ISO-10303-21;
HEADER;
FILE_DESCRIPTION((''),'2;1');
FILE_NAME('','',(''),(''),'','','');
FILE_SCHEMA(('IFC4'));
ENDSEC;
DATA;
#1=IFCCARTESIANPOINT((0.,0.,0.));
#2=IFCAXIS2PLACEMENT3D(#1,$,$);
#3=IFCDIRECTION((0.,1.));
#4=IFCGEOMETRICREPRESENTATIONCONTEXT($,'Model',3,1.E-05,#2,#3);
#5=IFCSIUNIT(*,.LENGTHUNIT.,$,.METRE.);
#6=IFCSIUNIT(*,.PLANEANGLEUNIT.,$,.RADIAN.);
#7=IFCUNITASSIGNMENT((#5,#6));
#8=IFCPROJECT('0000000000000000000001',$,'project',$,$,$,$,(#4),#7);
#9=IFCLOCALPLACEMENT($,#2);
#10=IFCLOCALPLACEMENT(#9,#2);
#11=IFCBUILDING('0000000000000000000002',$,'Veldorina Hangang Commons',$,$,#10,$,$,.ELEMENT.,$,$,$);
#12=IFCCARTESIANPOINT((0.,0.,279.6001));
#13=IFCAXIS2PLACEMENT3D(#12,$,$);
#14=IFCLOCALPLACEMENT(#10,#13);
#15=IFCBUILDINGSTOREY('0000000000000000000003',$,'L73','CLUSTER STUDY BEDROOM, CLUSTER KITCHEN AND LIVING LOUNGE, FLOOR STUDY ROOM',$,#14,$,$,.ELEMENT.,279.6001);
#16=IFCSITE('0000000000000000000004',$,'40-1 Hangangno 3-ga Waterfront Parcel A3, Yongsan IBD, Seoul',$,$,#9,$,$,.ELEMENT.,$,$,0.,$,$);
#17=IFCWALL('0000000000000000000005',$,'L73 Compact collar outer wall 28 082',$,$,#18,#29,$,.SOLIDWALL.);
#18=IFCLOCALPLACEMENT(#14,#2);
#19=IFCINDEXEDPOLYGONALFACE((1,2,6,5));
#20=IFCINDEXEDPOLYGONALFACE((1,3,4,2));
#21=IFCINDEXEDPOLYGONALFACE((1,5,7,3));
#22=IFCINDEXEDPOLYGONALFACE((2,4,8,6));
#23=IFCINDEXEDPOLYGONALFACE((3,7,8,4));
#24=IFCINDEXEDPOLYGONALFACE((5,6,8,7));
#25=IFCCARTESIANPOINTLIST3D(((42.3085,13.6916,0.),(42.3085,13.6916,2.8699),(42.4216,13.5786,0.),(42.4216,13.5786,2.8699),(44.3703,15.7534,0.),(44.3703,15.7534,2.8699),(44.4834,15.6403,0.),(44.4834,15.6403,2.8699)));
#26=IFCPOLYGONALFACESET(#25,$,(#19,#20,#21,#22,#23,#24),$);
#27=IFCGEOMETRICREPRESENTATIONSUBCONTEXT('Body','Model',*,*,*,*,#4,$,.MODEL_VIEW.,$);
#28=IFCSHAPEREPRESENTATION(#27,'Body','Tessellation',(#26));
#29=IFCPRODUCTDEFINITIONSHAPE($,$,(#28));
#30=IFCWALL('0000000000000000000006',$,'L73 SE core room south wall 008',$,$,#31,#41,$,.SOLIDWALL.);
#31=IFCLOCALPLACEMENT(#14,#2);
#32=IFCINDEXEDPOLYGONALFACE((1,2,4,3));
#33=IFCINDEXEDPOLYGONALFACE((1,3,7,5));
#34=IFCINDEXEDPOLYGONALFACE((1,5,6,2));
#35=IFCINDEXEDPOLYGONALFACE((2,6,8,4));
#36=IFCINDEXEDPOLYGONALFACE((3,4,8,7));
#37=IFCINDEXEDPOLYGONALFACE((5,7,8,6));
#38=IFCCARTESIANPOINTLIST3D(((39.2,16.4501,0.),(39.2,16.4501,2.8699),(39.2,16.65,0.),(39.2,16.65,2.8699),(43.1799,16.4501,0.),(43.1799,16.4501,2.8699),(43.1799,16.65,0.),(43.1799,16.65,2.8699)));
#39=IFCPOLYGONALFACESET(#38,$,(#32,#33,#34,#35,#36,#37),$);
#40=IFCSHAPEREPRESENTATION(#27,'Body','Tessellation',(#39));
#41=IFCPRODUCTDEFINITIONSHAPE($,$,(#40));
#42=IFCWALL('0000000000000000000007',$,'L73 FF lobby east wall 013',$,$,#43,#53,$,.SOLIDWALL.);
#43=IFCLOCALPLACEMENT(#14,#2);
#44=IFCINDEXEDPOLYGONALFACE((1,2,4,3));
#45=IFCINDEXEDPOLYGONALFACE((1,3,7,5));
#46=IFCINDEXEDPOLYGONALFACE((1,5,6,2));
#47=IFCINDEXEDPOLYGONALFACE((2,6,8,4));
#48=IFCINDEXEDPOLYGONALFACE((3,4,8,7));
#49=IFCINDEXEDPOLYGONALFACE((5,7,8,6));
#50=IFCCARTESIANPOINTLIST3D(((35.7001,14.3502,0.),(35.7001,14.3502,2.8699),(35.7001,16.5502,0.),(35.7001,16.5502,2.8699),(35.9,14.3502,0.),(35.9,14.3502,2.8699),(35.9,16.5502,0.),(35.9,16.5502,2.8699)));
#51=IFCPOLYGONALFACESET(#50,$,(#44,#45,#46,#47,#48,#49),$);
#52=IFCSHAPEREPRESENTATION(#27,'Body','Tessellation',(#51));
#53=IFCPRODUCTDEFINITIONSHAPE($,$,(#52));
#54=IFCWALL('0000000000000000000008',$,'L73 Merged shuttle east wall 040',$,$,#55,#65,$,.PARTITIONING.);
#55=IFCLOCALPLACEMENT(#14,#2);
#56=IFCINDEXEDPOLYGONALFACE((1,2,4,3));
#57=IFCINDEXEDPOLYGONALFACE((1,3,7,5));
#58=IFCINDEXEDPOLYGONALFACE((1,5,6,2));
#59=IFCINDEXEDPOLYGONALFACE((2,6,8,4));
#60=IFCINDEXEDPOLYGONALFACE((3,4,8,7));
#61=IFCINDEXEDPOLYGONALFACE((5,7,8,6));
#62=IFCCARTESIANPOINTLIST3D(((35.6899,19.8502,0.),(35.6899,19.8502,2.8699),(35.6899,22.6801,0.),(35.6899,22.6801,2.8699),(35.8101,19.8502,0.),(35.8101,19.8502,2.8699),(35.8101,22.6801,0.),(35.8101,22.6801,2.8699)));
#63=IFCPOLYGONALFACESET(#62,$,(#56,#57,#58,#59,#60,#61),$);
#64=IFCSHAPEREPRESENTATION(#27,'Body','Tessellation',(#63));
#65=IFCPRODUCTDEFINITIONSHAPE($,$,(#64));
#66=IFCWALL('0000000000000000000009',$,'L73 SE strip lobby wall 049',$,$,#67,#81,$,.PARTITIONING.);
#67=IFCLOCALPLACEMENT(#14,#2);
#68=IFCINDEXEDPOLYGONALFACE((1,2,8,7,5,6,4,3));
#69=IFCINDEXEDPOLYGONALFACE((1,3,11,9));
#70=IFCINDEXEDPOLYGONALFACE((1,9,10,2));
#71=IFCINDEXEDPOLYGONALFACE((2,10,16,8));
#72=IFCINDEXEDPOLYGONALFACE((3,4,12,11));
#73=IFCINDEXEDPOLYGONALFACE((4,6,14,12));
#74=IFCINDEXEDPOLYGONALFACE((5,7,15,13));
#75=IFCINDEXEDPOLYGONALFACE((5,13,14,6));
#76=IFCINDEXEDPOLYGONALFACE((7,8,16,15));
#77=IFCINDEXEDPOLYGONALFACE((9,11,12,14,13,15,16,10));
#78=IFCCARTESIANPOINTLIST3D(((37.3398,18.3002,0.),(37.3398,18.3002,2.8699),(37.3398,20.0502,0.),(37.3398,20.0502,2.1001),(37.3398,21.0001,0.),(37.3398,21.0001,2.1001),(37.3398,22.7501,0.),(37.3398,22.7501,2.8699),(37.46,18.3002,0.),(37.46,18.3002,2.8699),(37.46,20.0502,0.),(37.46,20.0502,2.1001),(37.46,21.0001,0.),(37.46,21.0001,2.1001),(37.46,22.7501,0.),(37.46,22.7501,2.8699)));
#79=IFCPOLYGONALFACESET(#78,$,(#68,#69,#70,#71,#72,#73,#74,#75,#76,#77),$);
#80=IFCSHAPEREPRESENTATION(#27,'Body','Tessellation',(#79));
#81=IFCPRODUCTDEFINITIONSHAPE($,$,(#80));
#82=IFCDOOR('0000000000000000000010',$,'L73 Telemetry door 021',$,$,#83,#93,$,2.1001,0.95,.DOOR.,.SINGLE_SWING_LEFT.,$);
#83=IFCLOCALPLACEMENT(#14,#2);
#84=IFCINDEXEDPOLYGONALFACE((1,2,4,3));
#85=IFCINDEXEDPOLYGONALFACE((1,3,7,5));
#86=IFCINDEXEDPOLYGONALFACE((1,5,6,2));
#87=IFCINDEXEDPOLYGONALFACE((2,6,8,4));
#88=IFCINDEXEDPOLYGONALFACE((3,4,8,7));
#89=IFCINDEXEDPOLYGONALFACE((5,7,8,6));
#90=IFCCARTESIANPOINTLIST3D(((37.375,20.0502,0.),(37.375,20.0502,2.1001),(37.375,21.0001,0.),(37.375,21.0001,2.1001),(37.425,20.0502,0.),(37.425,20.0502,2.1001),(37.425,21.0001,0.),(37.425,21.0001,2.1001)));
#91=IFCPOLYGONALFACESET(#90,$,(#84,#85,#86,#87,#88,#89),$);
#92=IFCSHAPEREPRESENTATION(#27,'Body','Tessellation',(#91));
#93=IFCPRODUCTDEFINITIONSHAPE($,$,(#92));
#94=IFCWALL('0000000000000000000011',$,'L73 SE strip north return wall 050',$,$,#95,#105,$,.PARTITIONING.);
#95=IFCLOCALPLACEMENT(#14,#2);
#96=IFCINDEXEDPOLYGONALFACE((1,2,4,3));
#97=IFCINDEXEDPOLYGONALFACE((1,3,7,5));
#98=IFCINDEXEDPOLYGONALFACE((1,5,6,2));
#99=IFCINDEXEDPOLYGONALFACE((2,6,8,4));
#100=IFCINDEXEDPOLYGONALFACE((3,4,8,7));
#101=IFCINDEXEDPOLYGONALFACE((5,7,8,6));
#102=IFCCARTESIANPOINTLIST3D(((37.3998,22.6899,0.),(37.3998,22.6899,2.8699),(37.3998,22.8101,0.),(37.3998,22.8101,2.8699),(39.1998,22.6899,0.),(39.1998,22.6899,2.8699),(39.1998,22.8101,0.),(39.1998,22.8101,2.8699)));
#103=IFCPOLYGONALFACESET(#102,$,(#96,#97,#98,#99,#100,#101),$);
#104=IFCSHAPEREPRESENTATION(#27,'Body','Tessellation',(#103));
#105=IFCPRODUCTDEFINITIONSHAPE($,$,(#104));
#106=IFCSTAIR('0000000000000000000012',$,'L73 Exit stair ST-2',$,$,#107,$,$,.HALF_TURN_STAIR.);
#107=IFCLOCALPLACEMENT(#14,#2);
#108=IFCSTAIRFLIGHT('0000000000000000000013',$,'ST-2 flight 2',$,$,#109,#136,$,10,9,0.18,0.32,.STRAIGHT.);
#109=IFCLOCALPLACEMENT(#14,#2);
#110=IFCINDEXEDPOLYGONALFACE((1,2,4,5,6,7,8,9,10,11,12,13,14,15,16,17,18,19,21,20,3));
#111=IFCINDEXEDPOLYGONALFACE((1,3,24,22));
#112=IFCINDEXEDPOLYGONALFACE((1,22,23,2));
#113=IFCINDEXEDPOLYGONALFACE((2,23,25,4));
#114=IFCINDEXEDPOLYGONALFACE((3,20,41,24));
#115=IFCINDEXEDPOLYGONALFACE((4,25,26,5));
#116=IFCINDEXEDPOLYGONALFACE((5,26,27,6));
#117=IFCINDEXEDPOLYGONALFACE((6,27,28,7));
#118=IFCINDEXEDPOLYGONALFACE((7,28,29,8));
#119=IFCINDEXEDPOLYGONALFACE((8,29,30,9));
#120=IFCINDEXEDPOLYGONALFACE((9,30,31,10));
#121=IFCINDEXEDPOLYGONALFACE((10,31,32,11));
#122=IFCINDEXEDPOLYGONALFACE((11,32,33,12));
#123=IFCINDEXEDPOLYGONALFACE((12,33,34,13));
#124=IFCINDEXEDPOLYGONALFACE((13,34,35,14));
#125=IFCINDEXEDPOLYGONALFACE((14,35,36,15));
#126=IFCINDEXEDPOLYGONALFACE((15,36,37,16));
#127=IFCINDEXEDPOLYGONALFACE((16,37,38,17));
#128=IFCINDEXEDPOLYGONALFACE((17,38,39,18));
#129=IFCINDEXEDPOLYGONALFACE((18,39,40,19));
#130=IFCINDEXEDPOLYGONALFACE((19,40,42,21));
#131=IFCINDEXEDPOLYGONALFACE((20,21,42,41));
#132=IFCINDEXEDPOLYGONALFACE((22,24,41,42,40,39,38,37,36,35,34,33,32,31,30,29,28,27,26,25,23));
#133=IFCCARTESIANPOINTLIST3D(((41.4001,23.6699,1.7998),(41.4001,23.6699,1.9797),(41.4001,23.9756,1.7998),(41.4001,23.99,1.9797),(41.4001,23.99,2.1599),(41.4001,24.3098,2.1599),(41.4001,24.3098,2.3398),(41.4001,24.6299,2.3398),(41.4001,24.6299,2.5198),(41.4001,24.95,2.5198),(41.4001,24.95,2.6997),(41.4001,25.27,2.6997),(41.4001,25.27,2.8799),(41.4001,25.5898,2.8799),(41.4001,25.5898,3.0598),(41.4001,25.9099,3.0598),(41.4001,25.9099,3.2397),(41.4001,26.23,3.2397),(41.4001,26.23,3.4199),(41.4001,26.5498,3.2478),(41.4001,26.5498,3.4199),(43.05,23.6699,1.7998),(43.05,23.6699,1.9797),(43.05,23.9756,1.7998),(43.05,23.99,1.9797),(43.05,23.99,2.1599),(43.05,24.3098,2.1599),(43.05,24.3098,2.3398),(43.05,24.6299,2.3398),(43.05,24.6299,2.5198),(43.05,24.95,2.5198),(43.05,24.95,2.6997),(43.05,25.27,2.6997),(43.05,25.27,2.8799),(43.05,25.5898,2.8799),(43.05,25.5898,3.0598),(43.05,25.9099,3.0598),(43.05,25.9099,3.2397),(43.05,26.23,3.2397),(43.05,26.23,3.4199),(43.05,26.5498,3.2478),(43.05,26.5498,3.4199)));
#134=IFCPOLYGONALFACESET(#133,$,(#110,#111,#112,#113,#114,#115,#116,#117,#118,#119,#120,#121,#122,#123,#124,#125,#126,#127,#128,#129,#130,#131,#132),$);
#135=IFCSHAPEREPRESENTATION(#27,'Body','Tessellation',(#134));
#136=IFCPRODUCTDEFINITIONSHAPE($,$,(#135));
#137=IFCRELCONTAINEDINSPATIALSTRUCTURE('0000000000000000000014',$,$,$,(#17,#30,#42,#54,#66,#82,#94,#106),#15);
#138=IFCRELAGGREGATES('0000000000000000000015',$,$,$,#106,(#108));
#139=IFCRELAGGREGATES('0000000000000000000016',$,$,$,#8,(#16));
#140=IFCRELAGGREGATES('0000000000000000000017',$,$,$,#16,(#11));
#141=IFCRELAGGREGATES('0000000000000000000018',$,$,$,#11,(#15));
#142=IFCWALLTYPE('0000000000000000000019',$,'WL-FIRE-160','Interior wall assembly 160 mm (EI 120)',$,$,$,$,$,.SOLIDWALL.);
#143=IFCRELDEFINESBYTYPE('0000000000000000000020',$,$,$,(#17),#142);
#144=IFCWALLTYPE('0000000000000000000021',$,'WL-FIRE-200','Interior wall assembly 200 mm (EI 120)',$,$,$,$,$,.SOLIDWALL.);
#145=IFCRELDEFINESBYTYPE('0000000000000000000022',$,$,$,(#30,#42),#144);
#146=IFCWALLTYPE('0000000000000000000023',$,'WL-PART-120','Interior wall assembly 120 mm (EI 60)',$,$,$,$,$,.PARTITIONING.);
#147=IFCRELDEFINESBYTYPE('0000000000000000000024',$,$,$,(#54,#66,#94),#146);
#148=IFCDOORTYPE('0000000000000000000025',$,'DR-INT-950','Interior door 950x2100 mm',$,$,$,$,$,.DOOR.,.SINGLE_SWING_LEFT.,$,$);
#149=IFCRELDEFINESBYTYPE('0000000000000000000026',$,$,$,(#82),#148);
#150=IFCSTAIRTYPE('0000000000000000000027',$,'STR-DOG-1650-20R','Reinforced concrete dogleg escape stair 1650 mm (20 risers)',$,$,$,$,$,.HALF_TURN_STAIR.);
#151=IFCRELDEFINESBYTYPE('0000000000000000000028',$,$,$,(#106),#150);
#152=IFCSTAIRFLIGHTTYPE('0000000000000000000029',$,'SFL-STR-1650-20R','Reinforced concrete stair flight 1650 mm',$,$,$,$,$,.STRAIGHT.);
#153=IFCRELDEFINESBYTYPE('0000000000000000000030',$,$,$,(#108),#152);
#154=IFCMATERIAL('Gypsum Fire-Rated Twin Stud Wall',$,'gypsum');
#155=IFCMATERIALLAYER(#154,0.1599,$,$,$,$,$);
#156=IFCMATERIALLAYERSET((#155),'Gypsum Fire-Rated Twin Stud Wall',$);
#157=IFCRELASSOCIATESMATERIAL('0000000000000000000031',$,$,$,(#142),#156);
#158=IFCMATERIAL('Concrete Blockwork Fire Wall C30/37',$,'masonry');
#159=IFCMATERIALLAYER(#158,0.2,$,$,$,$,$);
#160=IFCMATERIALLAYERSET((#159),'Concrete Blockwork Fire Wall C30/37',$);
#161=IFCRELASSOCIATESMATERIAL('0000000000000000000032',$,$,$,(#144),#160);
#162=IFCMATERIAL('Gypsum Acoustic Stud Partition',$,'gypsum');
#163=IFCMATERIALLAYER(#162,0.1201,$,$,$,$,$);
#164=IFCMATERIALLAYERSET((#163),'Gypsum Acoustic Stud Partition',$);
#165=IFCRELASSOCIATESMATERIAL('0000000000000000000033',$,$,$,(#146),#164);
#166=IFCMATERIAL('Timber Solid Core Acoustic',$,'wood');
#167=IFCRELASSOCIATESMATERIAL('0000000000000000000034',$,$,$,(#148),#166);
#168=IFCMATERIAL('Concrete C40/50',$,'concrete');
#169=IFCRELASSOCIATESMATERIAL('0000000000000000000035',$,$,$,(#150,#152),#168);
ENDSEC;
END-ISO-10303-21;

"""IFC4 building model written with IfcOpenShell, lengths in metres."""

from ifc_helpers import new_model, si_unit, direction, frame, frame_2d, origin, place, context, subcontext, project, spatial, polyline, rectangle, outline, extrude, material, layer, layer_set, type_object, element, fill, aggregate, save


model = new_model("IFC4")

# Units and contexts
model_context = context("Model", 3, precision=1e-05, world=origin(), true_north=direction((0.0, 1.0)))
body_context = subcontext(model_context, "Body", "Model", "MODEL_VIEW")
ifc_project = project(units=[si_unit("LENGTHUNIT", "METRE"), si_unit("PLANEANGLEUNIT", "RADIAN")], contexts=[model_context])

# Site, building, storey
site_placement = place(None, origin())
site = spatial("IfcSite", under=ifc_project, at=site_placement, Name="40-1 Hangangno 3-ga Waterfront Parcel A3, Yongsan IBD, Seoul", CompositionType="ELEMENT", RefElevation=0.0)
building_placement = place(site_placement, origin())
building = spatial("IfcBuilding", under=site, at=building_placement, Name="Veldorina Hangang Commons", CompositionType="ELEMENT")
storey_placement = place(building_placement, frame((0.0, 0.0, 279.6001)))
storey = spatial("IfcBuildingStorey", under=building, at=storey_placement, Name="L73", Description="CLUSTER STUDY BEDROOM, CLUSTER KITCHEN AND LIVING LOUNGE, FLOOR STUDY ROOM", CompositionType="ELEMENT", Elevation=279.6001)

# Walls
ifc_material_1 = material(Name="Gypsum Fire-Rated Twin Stud Wall", Category="gypsum")
ifc_layer_1 = layer(ifc_material_1, 0.1599)
ifc_layer_set_1 = layer_set([ifc_layer_1], Name="Gypsum Fire-Rated Twin Stud Wall")
wall_type_1 = type_object("IfcWallType", Name="WL-FIRE-160", Description="Interior wall assembly 160 mm (EI 120)", PredefinedType="SOLIDWALL", material=ifc_layer_set_1)
wall_1_placement = place(storey_placement, frame((42.365, 13.635, 0.0), z_axis=(0.0, 0.0, 1.0), x_axis=(0.707107, 0.707107, 0.0)))
element("IfcWall", 1, at=wall_1_placement, inside=storey, type_object=wall_type_1, Name="L73 Compact collar outer wall 28 082", PredefinedType="SOLIDWALL", context=body_context, shape_type="SweptSolid", body=[
    extrude(rectangle(XDim=2.9158, YDim=0.1599, at=frame_2d((1.458, 0.0))), origin(), (0.0, 0.0, 1.0), 2.8699),
])
ifc_material_2 = material(Name="Concrete Blockwork Fire Wall C30/37", Category="masonry")
ifc_layer_2 = layer(ifc_material_2, 0.2)
ifc_layer_set_2 = layer_set([ifc_layer_2], Name="Concrete Blockwork Fire Wall C30/37")
wall_type_2 = type_object("IfcWallType", Name="WL-FIRE-200", Description="Interior wall assembly 200 mm (EI 120)", PredefinedType="SOLIDWALL", material=ifc_layer_set_2)
wall_2_placement = place(storey_placement, frame((39.2, 16.55, 0.0), z_axis=(0.0, 0.0, 1.0), x_axis=(1.0, 0.0, 0.0)))
element("IfcWall", 2, at=wall_2_placement, inside=storey, type_object=wall_type_2, Name="L73 SE core room south wall 008", PredefinedType="SOLIDWALL", context=body_context, shape_type="SweptSolid", body=[
    extrude(rectangle(XDim=3.98, YDim=0.2, at=frame_2d((1.99, 0.0))), origin(), (0.0, 0.0, 1.0), 2.8699),
])
wall_3_placement = place(storey_placement, frame((35.8, 14.3501, 0.0), z_axis=(0.0, 0.0, 1.0), x_axis=(0.0, 1.0, 0.0)))
element("IfcWall", 3, at=wall_3_placement, inside=storey, type_object=wall_type_2, Name="L73 FF lobby east wall 013", PredefinedType="SOLIDWALL", context=body_context, shape_type="SweptSolid", body=[
    extrude(rectangle(XDim=2.2, YDim=0.2, at=frame_2d((1.1001, 0.0))), origin(), (0.0, 0.0, 1.0), 2.8699),
])
ifc_material_3 = material(Name="Gypsum Acoustic Stud Partition", Category="gypsum")
ifc_layer_3 = layer(ifc_material_3, 0.1201)
ifc_layer_set_3 = layer_set([ifc_layer_3], Name="Gypsum Acoustic Stud Partition")
wall_type_3 = type_object("IfcWallType", Name="WL-PART-120", Description="Interior wall assembly 120 mm (EI 60)", PredefinedType="PARTITIONING", material=ifc_layer_set_3)
wall_4_placement = place(storey_placement, frame((35.75, 19.8501, 0.0), z_axis=(0.0, 0.0, 1.0), x_axis=(0.0, 1.0, 0.0)))
element("IfcWall", 4, at=wall_4_placement, inside=storey, type_object=wall_type_3, Name="L73 Merged shuttle east wall 040", PredefinedType="PARTITIONING", context=body_context, shape_type="SweptSolid", body=[
    extrude(rectangle(XDim=2.8298, YDim=0.1201, at=frame_2d((1.415, 0.0))), origin(), (0.0, 0.0, 1.0), 2.8699),
])

# Wall, opening, door
wall_5_placement = place(storey_placement, frame((37.3999, 18.3, 0.0), z_axis=(0.0, 0.0, 1.0), x_axis=(0.0, 1.0, 0.0)))
wall_5 = element("IfcWall", 5, at=wall_5_placement, inside=storey, type_object=wall_type_3, Name="L73 SE strip lobby wall 049", PredefinedType="PARTITIONING", context=body_context, shape_type="SweptSolid", body=[
    extrude(rectangle(XDim=4.45, YDim=0.1201, at=frame_2d((2.2251, 0.0))), origin(), (0.0, 0.0, 1.0), 2.8699),
])
opening_1_placement = place(wall_5_placement, frame((1.75, 0.0, 0.0)))
opening_1 = element("IfcOpeningElement", 6, at=opening_1_placement, cuts=wall_5, PredefinedType="OPENING", context=body_context, shape_type="SweptSolid", body=[
    extrude(rectangle(XDim=0.95, YDim=2.1001, at=frame_2d((0.4751, 1.05))), frame((0.0, 0.0701, 0.0), z_axis=(0.0, -1.0, 0.0), x_axis=(1.0, 0.0, 0.0)), (0.0, 0.0, 1.0), 0.1401),
])
ifc_material_4 = material(Name="Timber Solid Core Acoustic", Category="wood")
door_type_1 = type_object("IfcDoorType", Name="DR-INT-950", Description="Interior door 950x2100 mm", OperationType="SINGLE_SWING_LEFT", PredefinedType="DOOR", material=ifc_material_4)
door_1_placement = place(opening_1_placement, origin())
door_1 = element("IfcDoor", 7, at=door_1_placement, inside=storey, type_object=door_type_1, Name="L73 Telemetry door 021", OperationType="SINGLE_SWING_LEFT", OverallHeight=2.1001, OverallWidth=0.95, PredefinedType="DOOR", context=body_context, shape_type="SweptSolid", body=[
    extrude(rectangle(XDim=0.95, YDim=2.1001, at=frame_2d((0.4751, 1.05))), frame((0.0, 0.0249, 0.0), z_axis=(0.0, -1.0, 0.0), x_axis=(1.0, 0.0, 0.0)), (0.0, 0.0, 1.0), 0.05),
])
fill(opening_1, door_1)

# Wall
wall_6_placement = place(storey_placement, frame((37.3999, 22.75, 0.0), z_axis=(0.0, 0.0, 1.0), x_axis=(1.0, 0.0, 0.0)))
element("IfcWall", 8, at=wall_6_placement, inside=storey, type_object=wall_type_3, Name="L73 SE strip north return wall 050", PredefinedType="PARTITIONING", context=body_context, shape_type="SweptSolid", body=[
    extrude(rectangle(XDim=1.8, YDim=0.1201, at=frame_2d((0.8999, 0.0))), origin(), (0.0, 0.0, 1.0), 2.8699),
])

# Stair, stair flight
ifc_material_5 = material(Name="Concrete C40/50", Category="concrete")
stair_type = type_object("IfcStairType", Name="STR-DOG-1650-20R", Description="Reinforced concrete dogleg escape stair 1650 mm (20 risers)", PredefinedType="HALF_TURN_STAIR", material=ifc_material_5)
stair_placement = place(storey_placement, origin())
stair = element("IfcStair", 9, at=stair_placement, inside=storey, type_object=stair_type, Name="L73 Exit stair ST-2", PredefinedType="HALF_TURN_STAIR")
stair_flight_type = type_object("IfcStairFlightType", Name="SFL-STR-1650-20R", Description="Reinforced concrete stair flight 1650 mm", PredefinedType="STRAIGHT", material=ifc_material_5)
stair_flight_placement = place(storey_placement, frame((42.2251, 23.6699, 1.7998), z_axis=(0.0, 0.0, 1.0), x_axis=(0.0, 1.0, 0.0)))
stair_flight = element("IfcStairFlight", 10, at=stair_flight_placement, type_object=stair_flight_type, Name="ST-2 flight 2", NumberOfRisers=10, NumberOfTreads=9, PredefinedType="STRAIGHT", RiserHeight=0.18, TreadLength=0.32, context=body_context, shape_type="SweptSolid", body=[
    extrude(outline(polyline([(0.0, 0.0), (0.0, 0.1799), (0.3201, 0.1799), (0.3201, 0.3601), (0.6399, 0.3601), (0.6399, 0.54), (0.96, 0.54), (0.96, 0.72), (1.28, 0.72), (1.28, 0.8999), (1.6001, 0.8999), (1.6001, 1.0801), (1.9199, 1.0801), (1.9199, 1.26), (2.24, 1.26), (2.24, 1.4399), (2.5601, 1.4399), (2.5601, 1.6201), (2.8799, 1.6201), (2.8799, 1.8), (2.8799, 1.448), (0.3057, 0.0), (0.0, 0.0)])), frame((0.0, 0.825, 0.0), z_axis=(0.0, -1.0, 0.0), x_axis=(1.0, 0.0, 0.0)), (0.0, 0.0, 1.0), 1.6499),
])
aggregate(stair, [stair_flight])

save(model, "model.ifc")
